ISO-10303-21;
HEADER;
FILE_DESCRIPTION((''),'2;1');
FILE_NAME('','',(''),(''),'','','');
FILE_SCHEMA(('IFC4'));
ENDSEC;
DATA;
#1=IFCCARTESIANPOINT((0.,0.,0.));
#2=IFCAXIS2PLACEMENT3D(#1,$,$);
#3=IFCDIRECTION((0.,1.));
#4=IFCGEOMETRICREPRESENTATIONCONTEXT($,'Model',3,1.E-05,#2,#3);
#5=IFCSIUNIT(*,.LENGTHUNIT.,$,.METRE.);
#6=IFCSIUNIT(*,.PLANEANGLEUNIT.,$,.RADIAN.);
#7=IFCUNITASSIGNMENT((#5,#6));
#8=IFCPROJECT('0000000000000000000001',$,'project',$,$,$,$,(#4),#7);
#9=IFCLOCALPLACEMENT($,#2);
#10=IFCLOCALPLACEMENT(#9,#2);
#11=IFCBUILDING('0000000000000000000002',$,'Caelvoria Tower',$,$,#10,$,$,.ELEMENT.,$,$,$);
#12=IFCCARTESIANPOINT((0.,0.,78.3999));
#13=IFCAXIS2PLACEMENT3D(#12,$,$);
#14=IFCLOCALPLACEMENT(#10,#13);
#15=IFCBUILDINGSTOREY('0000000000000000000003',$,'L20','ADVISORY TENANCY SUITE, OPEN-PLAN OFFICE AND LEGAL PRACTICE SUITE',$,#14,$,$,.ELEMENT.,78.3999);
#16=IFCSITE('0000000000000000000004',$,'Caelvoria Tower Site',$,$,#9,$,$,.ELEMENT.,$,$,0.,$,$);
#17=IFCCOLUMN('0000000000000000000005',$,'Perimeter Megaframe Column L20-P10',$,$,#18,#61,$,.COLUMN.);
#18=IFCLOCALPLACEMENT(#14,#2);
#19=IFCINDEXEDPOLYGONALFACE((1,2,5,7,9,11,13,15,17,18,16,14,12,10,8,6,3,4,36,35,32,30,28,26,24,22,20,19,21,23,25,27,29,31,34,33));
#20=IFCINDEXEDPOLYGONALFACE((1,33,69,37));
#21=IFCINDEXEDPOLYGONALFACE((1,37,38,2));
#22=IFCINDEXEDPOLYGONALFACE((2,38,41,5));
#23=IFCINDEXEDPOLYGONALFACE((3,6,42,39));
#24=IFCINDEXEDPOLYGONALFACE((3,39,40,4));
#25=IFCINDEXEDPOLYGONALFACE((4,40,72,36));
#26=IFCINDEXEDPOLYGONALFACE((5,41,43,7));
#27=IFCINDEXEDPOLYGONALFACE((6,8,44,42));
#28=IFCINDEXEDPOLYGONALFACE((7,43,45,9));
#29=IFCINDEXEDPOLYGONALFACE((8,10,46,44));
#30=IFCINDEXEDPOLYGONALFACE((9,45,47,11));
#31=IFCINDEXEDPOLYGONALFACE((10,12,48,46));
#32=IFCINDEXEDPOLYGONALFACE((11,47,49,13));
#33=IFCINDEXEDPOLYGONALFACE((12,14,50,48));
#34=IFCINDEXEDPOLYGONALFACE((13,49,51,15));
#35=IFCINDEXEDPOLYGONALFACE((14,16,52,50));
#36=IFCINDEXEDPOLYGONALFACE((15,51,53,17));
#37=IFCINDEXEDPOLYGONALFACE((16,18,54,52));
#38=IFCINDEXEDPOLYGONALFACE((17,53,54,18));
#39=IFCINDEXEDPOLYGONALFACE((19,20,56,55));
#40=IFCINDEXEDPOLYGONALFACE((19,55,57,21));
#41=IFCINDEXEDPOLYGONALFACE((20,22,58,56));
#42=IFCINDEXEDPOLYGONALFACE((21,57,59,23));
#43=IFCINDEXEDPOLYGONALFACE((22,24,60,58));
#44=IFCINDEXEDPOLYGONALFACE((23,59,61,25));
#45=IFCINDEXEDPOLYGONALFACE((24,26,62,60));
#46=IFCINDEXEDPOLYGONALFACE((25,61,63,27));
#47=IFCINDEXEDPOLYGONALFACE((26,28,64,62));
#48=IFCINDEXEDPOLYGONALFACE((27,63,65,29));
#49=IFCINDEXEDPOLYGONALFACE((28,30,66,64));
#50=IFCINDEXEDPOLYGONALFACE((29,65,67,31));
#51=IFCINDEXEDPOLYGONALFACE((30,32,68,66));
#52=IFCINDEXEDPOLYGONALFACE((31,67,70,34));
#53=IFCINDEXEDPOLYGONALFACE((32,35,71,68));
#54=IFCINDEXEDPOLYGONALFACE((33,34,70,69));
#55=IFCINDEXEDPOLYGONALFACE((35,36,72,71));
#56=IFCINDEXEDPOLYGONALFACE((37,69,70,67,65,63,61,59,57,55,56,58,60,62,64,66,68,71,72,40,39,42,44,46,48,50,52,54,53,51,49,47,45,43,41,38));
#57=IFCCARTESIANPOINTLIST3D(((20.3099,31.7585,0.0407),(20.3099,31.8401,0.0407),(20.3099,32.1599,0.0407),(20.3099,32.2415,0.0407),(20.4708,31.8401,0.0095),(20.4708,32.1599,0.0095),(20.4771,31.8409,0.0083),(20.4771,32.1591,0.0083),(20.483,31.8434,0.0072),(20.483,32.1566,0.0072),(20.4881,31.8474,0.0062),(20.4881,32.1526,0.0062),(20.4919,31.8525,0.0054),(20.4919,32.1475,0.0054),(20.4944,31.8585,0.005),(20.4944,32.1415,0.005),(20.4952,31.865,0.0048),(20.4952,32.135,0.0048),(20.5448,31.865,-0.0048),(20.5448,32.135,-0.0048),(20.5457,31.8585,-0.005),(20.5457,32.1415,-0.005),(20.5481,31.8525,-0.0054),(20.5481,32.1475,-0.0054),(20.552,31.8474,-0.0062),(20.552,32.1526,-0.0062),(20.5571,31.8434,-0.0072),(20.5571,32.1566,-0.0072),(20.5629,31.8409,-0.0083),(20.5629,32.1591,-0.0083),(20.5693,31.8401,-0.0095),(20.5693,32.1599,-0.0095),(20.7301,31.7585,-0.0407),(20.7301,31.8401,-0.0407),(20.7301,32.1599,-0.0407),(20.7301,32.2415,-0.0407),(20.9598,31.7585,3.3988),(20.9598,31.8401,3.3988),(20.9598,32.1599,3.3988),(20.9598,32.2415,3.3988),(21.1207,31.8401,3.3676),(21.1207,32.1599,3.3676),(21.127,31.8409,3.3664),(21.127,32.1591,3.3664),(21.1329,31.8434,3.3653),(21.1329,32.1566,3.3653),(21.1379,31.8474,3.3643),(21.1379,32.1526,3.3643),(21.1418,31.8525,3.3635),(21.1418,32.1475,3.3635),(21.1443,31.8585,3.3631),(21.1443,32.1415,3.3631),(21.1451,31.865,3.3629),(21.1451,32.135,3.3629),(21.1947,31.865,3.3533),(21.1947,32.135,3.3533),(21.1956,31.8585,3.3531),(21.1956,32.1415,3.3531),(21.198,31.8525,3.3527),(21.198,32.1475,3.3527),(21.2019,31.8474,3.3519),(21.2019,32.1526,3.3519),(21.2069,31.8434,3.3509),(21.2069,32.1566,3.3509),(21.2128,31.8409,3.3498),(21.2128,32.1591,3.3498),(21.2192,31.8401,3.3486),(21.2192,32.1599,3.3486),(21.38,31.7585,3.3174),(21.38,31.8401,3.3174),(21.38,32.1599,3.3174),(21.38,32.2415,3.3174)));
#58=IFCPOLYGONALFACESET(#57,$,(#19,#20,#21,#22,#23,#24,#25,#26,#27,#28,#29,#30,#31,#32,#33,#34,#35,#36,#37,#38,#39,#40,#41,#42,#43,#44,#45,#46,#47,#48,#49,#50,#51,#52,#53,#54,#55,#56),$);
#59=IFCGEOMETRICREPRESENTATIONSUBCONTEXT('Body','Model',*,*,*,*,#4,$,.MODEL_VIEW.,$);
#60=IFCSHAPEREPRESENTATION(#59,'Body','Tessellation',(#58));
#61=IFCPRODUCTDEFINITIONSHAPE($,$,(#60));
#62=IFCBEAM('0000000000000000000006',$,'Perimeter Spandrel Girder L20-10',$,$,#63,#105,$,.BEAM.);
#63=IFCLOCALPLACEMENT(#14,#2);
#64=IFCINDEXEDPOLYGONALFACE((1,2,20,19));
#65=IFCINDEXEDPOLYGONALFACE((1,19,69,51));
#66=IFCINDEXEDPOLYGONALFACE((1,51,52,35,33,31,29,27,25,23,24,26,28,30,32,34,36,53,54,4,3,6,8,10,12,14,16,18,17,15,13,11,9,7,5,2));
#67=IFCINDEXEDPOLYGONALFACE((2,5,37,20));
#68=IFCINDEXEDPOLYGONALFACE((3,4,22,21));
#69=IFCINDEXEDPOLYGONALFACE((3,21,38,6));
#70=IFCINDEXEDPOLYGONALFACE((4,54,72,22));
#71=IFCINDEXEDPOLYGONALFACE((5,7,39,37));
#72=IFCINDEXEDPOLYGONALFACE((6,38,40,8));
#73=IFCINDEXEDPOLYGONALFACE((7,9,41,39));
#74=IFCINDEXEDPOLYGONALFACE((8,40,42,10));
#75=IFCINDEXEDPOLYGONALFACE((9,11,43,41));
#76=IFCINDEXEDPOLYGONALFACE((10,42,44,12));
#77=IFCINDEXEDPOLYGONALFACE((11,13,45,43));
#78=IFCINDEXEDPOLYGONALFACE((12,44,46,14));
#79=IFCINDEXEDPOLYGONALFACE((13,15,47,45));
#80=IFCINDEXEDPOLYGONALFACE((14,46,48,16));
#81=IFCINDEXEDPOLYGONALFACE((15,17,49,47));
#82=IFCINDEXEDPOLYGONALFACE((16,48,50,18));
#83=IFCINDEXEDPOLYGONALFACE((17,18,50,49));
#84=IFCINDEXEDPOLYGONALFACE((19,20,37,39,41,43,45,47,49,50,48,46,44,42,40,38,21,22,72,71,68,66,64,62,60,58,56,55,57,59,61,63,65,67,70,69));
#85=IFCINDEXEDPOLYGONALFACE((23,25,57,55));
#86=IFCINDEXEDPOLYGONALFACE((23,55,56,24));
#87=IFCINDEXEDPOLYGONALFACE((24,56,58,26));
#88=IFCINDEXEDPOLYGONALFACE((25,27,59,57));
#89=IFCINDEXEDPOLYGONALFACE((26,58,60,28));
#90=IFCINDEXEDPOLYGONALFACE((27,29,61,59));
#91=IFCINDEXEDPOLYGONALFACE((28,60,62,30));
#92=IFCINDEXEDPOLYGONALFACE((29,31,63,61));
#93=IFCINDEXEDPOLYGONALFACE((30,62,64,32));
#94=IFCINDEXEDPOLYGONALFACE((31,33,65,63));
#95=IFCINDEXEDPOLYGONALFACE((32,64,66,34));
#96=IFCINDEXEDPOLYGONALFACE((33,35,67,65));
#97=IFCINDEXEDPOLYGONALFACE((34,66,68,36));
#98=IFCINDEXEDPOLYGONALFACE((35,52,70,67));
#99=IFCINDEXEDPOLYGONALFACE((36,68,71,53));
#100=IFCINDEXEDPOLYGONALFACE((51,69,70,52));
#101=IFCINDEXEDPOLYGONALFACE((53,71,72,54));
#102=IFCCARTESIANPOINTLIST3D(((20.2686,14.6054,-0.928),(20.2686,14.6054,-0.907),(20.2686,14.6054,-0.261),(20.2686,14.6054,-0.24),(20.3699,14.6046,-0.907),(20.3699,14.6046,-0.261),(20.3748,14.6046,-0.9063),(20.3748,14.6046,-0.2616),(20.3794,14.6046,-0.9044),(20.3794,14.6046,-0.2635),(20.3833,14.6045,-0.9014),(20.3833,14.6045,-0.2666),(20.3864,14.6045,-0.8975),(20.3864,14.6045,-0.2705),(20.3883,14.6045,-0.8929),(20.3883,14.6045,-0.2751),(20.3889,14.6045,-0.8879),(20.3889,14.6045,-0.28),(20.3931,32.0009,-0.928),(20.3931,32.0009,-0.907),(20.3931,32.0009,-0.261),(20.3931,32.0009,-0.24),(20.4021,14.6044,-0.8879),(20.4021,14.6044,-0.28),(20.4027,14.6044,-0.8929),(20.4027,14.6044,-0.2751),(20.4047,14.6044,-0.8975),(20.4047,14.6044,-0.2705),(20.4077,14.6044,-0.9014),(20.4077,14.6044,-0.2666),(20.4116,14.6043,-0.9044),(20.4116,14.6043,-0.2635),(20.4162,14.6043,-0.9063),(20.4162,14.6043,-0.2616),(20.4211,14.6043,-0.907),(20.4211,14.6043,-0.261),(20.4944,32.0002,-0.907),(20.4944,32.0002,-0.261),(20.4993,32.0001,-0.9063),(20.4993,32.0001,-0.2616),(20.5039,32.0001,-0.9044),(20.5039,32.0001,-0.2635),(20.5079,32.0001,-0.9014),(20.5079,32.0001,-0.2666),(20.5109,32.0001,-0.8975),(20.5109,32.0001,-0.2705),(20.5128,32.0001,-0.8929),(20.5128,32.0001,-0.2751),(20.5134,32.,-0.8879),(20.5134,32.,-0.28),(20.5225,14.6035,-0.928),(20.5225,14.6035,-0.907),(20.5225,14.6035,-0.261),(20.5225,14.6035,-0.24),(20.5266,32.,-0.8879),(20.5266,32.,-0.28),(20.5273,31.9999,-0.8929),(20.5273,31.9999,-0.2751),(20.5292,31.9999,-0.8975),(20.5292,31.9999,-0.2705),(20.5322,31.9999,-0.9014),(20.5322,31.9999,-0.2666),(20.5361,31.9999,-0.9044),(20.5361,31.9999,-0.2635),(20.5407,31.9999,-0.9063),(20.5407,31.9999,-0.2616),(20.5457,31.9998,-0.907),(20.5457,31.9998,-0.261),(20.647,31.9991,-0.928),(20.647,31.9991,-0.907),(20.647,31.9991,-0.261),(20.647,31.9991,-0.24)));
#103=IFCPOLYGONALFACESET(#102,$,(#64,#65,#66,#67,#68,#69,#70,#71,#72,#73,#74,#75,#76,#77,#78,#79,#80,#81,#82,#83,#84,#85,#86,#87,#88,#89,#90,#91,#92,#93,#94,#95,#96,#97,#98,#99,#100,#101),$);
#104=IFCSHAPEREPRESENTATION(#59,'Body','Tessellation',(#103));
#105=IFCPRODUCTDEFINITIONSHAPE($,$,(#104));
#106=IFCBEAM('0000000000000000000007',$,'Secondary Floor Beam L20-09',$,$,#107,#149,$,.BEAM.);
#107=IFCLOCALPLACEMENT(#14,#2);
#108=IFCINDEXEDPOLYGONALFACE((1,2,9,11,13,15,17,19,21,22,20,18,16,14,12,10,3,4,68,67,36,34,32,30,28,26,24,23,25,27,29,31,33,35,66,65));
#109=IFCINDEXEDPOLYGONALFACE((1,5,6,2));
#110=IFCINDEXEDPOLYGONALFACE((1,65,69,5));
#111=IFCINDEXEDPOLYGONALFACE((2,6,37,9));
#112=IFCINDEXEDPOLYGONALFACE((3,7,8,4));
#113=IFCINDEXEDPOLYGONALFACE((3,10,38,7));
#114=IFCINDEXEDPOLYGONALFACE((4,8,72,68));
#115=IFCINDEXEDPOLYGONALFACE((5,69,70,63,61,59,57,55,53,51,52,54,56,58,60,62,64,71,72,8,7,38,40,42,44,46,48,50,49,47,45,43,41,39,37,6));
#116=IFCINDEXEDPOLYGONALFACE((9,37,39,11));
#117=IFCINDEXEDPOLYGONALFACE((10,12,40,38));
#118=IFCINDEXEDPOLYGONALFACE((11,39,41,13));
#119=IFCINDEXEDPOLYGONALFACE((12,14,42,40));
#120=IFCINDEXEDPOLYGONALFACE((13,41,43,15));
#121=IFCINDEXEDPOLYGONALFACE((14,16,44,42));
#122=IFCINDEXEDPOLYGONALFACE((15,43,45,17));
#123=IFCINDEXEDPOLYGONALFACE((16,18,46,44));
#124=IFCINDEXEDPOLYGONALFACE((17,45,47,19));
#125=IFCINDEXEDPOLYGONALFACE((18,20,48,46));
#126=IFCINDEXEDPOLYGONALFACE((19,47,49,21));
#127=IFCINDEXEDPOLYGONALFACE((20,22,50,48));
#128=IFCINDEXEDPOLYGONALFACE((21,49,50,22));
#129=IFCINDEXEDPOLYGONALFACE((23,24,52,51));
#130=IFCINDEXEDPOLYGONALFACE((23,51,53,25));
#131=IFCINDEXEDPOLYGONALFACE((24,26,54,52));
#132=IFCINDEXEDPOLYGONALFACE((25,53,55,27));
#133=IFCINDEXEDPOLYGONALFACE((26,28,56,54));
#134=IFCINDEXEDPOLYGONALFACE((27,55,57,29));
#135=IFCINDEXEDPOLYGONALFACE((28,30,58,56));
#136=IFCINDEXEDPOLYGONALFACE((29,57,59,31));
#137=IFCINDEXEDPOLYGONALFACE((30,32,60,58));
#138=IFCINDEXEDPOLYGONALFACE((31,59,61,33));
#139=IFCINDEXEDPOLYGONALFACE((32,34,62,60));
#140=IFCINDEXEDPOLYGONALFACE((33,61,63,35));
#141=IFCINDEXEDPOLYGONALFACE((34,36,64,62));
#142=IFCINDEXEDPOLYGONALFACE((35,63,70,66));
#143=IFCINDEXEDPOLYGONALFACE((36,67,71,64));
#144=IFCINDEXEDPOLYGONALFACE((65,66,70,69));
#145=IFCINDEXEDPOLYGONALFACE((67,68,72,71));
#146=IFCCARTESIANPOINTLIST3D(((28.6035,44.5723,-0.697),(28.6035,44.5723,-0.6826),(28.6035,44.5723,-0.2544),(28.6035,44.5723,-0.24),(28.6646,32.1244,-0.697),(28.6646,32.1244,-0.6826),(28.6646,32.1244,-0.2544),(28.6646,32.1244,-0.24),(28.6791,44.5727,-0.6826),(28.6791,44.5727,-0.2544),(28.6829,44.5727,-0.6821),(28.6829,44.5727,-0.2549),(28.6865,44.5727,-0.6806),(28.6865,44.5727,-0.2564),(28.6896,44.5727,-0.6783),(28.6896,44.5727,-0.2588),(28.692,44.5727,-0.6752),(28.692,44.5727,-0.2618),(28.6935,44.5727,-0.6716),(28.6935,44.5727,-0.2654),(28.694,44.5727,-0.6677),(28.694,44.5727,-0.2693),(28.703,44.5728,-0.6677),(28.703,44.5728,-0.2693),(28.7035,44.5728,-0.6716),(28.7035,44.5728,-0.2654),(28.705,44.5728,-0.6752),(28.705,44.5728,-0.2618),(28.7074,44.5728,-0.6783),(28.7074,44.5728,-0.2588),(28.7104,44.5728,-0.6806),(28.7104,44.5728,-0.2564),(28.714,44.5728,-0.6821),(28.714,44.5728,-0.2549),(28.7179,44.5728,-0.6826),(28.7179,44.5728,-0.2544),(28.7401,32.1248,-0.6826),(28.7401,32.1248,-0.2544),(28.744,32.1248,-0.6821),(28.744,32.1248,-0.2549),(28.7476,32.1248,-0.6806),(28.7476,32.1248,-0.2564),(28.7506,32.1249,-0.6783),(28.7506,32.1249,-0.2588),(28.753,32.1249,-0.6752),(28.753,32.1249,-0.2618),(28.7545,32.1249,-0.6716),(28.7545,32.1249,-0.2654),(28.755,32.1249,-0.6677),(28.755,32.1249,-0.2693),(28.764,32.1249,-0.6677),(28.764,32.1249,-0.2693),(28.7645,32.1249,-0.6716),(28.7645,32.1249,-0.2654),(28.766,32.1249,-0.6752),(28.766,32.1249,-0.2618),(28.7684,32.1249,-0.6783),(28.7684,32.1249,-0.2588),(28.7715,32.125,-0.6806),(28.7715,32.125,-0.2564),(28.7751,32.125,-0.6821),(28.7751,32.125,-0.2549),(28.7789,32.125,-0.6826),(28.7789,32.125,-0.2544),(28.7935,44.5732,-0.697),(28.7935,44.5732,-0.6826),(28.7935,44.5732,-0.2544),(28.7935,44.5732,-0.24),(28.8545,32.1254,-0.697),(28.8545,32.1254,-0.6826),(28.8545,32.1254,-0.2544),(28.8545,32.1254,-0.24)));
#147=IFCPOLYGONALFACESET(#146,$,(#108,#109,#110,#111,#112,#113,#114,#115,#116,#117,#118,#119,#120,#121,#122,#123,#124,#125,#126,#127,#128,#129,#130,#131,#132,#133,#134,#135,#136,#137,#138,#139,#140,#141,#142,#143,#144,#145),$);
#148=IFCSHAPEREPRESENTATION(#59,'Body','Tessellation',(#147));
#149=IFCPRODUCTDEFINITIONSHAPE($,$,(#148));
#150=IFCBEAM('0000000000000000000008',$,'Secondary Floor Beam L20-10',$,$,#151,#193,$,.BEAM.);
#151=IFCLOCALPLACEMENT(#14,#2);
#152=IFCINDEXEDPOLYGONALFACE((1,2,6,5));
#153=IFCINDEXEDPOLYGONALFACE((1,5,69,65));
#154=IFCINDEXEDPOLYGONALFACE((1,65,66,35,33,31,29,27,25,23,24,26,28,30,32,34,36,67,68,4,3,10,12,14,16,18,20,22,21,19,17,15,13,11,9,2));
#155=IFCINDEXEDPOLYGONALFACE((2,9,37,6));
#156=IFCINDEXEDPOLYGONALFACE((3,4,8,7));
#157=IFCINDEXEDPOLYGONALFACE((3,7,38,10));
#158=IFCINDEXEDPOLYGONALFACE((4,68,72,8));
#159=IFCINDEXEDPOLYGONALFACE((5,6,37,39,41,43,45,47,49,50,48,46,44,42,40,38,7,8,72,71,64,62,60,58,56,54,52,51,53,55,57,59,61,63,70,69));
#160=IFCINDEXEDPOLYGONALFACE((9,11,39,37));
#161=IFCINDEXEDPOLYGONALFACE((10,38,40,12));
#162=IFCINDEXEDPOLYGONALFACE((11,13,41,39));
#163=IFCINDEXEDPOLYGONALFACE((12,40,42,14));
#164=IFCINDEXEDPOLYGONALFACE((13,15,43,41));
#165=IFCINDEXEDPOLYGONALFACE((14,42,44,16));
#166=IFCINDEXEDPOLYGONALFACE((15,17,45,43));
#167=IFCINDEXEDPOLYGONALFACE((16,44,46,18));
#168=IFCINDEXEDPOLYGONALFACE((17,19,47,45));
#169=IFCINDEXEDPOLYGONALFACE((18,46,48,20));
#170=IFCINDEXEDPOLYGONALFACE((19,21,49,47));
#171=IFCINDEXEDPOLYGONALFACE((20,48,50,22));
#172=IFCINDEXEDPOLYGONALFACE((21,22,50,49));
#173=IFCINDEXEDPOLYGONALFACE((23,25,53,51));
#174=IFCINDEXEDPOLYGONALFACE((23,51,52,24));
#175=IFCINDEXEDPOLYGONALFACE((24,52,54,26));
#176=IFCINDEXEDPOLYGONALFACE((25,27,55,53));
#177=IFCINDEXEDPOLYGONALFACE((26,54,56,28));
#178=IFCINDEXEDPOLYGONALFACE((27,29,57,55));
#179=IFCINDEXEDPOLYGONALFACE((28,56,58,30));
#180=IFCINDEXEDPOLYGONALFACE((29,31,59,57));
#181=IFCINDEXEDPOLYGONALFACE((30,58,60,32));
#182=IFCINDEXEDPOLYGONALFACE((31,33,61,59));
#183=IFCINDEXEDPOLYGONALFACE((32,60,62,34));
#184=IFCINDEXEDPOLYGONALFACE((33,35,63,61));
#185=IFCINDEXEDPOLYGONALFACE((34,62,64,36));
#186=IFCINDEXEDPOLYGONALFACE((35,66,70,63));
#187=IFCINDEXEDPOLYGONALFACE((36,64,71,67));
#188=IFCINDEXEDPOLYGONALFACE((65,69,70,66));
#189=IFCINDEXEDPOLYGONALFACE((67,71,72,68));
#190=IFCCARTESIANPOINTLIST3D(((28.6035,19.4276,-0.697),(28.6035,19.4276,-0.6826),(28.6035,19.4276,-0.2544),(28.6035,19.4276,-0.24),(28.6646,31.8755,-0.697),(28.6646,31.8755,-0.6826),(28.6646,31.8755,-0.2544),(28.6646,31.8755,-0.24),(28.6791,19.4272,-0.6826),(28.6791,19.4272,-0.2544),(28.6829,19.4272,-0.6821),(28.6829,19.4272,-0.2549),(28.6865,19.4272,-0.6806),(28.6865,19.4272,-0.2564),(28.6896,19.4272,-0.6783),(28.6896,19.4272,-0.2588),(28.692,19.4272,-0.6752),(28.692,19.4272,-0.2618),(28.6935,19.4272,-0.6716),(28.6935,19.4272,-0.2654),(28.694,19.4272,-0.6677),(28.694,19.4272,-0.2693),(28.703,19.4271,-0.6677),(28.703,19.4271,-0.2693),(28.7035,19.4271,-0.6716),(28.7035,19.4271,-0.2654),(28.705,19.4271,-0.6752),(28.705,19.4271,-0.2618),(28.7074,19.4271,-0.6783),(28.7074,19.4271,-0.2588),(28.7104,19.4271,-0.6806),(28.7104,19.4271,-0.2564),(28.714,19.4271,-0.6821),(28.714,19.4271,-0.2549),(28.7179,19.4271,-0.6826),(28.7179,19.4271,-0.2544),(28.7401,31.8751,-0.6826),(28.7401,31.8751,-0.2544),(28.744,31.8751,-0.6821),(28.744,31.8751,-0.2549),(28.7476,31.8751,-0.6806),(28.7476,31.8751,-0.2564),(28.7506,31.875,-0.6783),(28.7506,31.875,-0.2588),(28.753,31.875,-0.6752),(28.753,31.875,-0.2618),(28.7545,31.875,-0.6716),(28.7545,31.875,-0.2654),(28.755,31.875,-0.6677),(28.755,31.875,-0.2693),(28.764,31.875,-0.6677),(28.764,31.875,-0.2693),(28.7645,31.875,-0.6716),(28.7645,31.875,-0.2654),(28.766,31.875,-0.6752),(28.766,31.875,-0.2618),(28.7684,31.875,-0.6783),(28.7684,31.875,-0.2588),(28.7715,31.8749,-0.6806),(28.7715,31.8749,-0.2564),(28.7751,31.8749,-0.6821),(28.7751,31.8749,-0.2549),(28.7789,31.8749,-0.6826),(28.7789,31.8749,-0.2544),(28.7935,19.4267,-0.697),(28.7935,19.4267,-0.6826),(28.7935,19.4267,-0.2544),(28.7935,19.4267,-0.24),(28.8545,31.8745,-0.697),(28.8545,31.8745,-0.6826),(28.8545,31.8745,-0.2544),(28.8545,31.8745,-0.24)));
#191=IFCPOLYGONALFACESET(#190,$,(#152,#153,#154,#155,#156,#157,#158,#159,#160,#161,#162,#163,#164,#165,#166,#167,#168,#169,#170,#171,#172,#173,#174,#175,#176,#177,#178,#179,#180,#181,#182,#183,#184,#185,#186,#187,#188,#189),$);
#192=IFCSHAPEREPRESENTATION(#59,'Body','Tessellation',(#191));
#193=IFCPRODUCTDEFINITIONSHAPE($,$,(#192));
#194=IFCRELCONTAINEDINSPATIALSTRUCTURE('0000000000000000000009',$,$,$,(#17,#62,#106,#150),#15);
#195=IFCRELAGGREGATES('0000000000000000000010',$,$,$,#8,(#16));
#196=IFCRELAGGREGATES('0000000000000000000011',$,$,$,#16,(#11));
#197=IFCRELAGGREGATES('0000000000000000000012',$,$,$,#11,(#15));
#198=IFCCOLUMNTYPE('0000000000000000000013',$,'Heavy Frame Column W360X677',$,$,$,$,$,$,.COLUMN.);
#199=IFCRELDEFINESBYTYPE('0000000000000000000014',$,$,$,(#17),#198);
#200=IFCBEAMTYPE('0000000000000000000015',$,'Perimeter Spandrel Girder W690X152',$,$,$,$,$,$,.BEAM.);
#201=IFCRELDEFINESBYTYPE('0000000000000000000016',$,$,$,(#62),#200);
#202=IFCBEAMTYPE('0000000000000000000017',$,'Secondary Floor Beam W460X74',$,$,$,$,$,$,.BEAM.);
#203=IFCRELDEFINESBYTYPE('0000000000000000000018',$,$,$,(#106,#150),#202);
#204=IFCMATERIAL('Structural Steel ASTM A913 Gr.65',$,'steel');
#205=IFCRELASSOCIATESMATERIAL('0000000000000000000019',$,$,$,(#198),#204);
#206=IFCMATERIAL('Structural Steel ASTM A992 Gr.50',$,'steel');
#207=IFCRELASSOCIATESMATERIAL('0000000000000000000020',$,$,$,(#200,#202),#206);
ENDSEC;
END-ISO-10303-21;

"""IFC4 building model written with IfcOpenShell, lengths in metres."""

from ifc_helpers import new_model, si_unit, direction, frame, origin, origin_2d, place, context, subcontext, project, spatial, i_section, extrude, material, material_profile, profile_set, type_object, element, save


model = new_model("IFC4")

# Units and contexts
model_context = context("Model", 3, precision=1e-05, world=origin(), true_north=direction((0.0, 1.0)))
body_context = subcontext(model_context, "Body", "Model", "MODEL_VIEW")
ifc_project = project(units=[si_unit("LENGTHUNIT", "METRE"), si_unit("PLANEANGLEUNIT", "RADIAN")], contexts=[model_context])

# Site, building, storey
site_placement = place(None, origin())
site = spatial("IfcSite", under=ifc_project, at=site_placement, Name="Caelvoria Tower Site", CompositionType="ELEMENT", RefElevation=0.0)
building_placement = place(site_placement, origin())
building = spatial("IfcBuilding", under=site, at=building_placement, Name="Caelvoria Tower", CompositionType="ELEMENT")
storey_placement = place(building_placement, frame((0.0, 0.0, 78.3999)))
storey = spatial("IfcBuildingStorey", under=building, at=storey_placement, Name="L20", Description="ADVISORY TENANCY SUITE, OPEN-PLAN OFFICE AND LEGAL PRACTICE SUITE", CompositionType="ELEMENT", Elevation=78.3999)

# Column
ifc_material_1 = material(Name="Structural Steel ASTM A913 Gr.65", Category="steel")
ifc_material_profile_1 = material_profile(ifc_material_1, i_section(OverallWidth=0.428, OverallDepth=0.4829, WebThickness=0.0505, FlangeThickness=0.0815, FilletRadius=0.0249, at=origin_2d()), Name="Structural Steel ASTM A913 Gr.65")
ifc_profile_set_1 = profile_set([ifc_material_profile_1], Name="W360X677 - Structural Steel ASTM A913 Gr.65")
column_type = type_object("IfcColumnType", Name="Heavy Frame Column W360X677", PredefinedType="COLUMN", material=ifc_profile_set_1)
column_placement = place(storey_placement, frame((20.52, 32.0, 0.0), z_axis=(0.190004, 0.0, 0.981783), x_axis=(-0.981783, 0.0, 0.190004)))
element("IfcColumn", 1, at=column_placement, inside=storey, type_object=column_type, Name="Perimeter Megaframe Column L20-P10", PredefinedType="COLUMN", context=body_context, shape_type="SweptSolid", body=[
    extrude(i_section(OverallWidth=0.428, OverallDepth=0.4829, WebThickness=0.0505, FlangeThickness=0.0815, FilletRadius=0.0249, at=origin_2d()), origin(), (0.0, 0.0, 1.0), 3.4204),
])

# Beams
ifc_material_2 = material(Name="Structural Steel ASTM A992 Gr.50", Category="steel")
ifc_material_profile_2 = material_profile(ifc_material_2, i_section(OverallWidth=0.2539, OverallDepth=0.688, WebThickness=0.0132, FlangeThickness=0.021, FilletRadius=0.019, at=origin_2d()), Name="Structural Steel ASTM A992 Gr.50")
ifc_profile_set_2 = profile_set([ifc_material_profile_2], Name="W690X152 - Structural Steel ASTM A992 Gr.50")
beam_type_1 = type_object("IfcBeamType", Name="Perimeter Spandrel Girder W690X152", PredefinedType="BEAM", material=ifc_profile_set_2)
beam_placement = place(storey_placement, frame((20.52, 32.0, -0.584), z_axis=(-0.007158, -0.999974, 0.0), x_axis=(0.999974, -0.007158, 0.0)))
element("IfcBeam", 2, at=beam_placement, inside=storey, type_object=beam_type_1, Name="Perimeter Spandrel Girder L20-10", PredefinedType="BEAM", context=body_context, shape_type="SweptSolid", body=[
    extrude(i_section(OverallWidth=0.2539, OverallDepth=0.688, WebThickness=0.0132, FlangeThickness=0.021, FilletRadius=0.019, at=origin_2d()), origin(), (0.0, 0.0, 1.0), 17.396),
])
ifc_material_profile_3 = material_profile(ifc_material_2, i_section(OverallWidth=0.1899, OverallDepth=0.457, WebThickness=0.009, FlangeThickness=0.0144, FilletRadius=0.0149, at=origin_2d()), Name="Structural Steel ASTM A992 Gr.50")
ifc_profile_set_3 = profile_set([ifc_material_profile_3], Name="W460X74 - Structural Steel ASTM A992 Gr.50")
beam_type_2 = type_object("IfcBeamType", Name="Secondary Floor Beam W460X74", PredefinedType="BEAM", material=ifc_profile_set_3)
for number, where, z_axis, x_axis, name in (
    (3, (28.6985, 44.5728, -0.4685), (0.004903, -0.999988, 0.0), (0.999988, 0.004903, 0.0), "Secondary Floor Beam L20-09"),
    (4, (28.7595, 31.875, -0.4685), (-0.004903, -0.999988, 0.0), (0.999988, -0.004903, 0.0), "Secondary Floor Beam L20-10"),
):
    element("IfcBeam", number, at=place(storey_placement, frame(where, z_axis=z_axis, x_axis=x_axis)), inside=storey, type_object=beam_type_2, Name=name, PredefinedType="BEAM", context=body_context, shape_type="SweptSolid", body=[
        extrude(i_section(OverallWidth=0.1899, OverallDepth=0.457, WebThickness=0.009, FlangeThickness=0.0144, FilletRadius=0.0149, at=origin_2d()), origin(), (0.0, 0.0, 1.0), 12.448),
    ])

save(model, "model.ifc")
